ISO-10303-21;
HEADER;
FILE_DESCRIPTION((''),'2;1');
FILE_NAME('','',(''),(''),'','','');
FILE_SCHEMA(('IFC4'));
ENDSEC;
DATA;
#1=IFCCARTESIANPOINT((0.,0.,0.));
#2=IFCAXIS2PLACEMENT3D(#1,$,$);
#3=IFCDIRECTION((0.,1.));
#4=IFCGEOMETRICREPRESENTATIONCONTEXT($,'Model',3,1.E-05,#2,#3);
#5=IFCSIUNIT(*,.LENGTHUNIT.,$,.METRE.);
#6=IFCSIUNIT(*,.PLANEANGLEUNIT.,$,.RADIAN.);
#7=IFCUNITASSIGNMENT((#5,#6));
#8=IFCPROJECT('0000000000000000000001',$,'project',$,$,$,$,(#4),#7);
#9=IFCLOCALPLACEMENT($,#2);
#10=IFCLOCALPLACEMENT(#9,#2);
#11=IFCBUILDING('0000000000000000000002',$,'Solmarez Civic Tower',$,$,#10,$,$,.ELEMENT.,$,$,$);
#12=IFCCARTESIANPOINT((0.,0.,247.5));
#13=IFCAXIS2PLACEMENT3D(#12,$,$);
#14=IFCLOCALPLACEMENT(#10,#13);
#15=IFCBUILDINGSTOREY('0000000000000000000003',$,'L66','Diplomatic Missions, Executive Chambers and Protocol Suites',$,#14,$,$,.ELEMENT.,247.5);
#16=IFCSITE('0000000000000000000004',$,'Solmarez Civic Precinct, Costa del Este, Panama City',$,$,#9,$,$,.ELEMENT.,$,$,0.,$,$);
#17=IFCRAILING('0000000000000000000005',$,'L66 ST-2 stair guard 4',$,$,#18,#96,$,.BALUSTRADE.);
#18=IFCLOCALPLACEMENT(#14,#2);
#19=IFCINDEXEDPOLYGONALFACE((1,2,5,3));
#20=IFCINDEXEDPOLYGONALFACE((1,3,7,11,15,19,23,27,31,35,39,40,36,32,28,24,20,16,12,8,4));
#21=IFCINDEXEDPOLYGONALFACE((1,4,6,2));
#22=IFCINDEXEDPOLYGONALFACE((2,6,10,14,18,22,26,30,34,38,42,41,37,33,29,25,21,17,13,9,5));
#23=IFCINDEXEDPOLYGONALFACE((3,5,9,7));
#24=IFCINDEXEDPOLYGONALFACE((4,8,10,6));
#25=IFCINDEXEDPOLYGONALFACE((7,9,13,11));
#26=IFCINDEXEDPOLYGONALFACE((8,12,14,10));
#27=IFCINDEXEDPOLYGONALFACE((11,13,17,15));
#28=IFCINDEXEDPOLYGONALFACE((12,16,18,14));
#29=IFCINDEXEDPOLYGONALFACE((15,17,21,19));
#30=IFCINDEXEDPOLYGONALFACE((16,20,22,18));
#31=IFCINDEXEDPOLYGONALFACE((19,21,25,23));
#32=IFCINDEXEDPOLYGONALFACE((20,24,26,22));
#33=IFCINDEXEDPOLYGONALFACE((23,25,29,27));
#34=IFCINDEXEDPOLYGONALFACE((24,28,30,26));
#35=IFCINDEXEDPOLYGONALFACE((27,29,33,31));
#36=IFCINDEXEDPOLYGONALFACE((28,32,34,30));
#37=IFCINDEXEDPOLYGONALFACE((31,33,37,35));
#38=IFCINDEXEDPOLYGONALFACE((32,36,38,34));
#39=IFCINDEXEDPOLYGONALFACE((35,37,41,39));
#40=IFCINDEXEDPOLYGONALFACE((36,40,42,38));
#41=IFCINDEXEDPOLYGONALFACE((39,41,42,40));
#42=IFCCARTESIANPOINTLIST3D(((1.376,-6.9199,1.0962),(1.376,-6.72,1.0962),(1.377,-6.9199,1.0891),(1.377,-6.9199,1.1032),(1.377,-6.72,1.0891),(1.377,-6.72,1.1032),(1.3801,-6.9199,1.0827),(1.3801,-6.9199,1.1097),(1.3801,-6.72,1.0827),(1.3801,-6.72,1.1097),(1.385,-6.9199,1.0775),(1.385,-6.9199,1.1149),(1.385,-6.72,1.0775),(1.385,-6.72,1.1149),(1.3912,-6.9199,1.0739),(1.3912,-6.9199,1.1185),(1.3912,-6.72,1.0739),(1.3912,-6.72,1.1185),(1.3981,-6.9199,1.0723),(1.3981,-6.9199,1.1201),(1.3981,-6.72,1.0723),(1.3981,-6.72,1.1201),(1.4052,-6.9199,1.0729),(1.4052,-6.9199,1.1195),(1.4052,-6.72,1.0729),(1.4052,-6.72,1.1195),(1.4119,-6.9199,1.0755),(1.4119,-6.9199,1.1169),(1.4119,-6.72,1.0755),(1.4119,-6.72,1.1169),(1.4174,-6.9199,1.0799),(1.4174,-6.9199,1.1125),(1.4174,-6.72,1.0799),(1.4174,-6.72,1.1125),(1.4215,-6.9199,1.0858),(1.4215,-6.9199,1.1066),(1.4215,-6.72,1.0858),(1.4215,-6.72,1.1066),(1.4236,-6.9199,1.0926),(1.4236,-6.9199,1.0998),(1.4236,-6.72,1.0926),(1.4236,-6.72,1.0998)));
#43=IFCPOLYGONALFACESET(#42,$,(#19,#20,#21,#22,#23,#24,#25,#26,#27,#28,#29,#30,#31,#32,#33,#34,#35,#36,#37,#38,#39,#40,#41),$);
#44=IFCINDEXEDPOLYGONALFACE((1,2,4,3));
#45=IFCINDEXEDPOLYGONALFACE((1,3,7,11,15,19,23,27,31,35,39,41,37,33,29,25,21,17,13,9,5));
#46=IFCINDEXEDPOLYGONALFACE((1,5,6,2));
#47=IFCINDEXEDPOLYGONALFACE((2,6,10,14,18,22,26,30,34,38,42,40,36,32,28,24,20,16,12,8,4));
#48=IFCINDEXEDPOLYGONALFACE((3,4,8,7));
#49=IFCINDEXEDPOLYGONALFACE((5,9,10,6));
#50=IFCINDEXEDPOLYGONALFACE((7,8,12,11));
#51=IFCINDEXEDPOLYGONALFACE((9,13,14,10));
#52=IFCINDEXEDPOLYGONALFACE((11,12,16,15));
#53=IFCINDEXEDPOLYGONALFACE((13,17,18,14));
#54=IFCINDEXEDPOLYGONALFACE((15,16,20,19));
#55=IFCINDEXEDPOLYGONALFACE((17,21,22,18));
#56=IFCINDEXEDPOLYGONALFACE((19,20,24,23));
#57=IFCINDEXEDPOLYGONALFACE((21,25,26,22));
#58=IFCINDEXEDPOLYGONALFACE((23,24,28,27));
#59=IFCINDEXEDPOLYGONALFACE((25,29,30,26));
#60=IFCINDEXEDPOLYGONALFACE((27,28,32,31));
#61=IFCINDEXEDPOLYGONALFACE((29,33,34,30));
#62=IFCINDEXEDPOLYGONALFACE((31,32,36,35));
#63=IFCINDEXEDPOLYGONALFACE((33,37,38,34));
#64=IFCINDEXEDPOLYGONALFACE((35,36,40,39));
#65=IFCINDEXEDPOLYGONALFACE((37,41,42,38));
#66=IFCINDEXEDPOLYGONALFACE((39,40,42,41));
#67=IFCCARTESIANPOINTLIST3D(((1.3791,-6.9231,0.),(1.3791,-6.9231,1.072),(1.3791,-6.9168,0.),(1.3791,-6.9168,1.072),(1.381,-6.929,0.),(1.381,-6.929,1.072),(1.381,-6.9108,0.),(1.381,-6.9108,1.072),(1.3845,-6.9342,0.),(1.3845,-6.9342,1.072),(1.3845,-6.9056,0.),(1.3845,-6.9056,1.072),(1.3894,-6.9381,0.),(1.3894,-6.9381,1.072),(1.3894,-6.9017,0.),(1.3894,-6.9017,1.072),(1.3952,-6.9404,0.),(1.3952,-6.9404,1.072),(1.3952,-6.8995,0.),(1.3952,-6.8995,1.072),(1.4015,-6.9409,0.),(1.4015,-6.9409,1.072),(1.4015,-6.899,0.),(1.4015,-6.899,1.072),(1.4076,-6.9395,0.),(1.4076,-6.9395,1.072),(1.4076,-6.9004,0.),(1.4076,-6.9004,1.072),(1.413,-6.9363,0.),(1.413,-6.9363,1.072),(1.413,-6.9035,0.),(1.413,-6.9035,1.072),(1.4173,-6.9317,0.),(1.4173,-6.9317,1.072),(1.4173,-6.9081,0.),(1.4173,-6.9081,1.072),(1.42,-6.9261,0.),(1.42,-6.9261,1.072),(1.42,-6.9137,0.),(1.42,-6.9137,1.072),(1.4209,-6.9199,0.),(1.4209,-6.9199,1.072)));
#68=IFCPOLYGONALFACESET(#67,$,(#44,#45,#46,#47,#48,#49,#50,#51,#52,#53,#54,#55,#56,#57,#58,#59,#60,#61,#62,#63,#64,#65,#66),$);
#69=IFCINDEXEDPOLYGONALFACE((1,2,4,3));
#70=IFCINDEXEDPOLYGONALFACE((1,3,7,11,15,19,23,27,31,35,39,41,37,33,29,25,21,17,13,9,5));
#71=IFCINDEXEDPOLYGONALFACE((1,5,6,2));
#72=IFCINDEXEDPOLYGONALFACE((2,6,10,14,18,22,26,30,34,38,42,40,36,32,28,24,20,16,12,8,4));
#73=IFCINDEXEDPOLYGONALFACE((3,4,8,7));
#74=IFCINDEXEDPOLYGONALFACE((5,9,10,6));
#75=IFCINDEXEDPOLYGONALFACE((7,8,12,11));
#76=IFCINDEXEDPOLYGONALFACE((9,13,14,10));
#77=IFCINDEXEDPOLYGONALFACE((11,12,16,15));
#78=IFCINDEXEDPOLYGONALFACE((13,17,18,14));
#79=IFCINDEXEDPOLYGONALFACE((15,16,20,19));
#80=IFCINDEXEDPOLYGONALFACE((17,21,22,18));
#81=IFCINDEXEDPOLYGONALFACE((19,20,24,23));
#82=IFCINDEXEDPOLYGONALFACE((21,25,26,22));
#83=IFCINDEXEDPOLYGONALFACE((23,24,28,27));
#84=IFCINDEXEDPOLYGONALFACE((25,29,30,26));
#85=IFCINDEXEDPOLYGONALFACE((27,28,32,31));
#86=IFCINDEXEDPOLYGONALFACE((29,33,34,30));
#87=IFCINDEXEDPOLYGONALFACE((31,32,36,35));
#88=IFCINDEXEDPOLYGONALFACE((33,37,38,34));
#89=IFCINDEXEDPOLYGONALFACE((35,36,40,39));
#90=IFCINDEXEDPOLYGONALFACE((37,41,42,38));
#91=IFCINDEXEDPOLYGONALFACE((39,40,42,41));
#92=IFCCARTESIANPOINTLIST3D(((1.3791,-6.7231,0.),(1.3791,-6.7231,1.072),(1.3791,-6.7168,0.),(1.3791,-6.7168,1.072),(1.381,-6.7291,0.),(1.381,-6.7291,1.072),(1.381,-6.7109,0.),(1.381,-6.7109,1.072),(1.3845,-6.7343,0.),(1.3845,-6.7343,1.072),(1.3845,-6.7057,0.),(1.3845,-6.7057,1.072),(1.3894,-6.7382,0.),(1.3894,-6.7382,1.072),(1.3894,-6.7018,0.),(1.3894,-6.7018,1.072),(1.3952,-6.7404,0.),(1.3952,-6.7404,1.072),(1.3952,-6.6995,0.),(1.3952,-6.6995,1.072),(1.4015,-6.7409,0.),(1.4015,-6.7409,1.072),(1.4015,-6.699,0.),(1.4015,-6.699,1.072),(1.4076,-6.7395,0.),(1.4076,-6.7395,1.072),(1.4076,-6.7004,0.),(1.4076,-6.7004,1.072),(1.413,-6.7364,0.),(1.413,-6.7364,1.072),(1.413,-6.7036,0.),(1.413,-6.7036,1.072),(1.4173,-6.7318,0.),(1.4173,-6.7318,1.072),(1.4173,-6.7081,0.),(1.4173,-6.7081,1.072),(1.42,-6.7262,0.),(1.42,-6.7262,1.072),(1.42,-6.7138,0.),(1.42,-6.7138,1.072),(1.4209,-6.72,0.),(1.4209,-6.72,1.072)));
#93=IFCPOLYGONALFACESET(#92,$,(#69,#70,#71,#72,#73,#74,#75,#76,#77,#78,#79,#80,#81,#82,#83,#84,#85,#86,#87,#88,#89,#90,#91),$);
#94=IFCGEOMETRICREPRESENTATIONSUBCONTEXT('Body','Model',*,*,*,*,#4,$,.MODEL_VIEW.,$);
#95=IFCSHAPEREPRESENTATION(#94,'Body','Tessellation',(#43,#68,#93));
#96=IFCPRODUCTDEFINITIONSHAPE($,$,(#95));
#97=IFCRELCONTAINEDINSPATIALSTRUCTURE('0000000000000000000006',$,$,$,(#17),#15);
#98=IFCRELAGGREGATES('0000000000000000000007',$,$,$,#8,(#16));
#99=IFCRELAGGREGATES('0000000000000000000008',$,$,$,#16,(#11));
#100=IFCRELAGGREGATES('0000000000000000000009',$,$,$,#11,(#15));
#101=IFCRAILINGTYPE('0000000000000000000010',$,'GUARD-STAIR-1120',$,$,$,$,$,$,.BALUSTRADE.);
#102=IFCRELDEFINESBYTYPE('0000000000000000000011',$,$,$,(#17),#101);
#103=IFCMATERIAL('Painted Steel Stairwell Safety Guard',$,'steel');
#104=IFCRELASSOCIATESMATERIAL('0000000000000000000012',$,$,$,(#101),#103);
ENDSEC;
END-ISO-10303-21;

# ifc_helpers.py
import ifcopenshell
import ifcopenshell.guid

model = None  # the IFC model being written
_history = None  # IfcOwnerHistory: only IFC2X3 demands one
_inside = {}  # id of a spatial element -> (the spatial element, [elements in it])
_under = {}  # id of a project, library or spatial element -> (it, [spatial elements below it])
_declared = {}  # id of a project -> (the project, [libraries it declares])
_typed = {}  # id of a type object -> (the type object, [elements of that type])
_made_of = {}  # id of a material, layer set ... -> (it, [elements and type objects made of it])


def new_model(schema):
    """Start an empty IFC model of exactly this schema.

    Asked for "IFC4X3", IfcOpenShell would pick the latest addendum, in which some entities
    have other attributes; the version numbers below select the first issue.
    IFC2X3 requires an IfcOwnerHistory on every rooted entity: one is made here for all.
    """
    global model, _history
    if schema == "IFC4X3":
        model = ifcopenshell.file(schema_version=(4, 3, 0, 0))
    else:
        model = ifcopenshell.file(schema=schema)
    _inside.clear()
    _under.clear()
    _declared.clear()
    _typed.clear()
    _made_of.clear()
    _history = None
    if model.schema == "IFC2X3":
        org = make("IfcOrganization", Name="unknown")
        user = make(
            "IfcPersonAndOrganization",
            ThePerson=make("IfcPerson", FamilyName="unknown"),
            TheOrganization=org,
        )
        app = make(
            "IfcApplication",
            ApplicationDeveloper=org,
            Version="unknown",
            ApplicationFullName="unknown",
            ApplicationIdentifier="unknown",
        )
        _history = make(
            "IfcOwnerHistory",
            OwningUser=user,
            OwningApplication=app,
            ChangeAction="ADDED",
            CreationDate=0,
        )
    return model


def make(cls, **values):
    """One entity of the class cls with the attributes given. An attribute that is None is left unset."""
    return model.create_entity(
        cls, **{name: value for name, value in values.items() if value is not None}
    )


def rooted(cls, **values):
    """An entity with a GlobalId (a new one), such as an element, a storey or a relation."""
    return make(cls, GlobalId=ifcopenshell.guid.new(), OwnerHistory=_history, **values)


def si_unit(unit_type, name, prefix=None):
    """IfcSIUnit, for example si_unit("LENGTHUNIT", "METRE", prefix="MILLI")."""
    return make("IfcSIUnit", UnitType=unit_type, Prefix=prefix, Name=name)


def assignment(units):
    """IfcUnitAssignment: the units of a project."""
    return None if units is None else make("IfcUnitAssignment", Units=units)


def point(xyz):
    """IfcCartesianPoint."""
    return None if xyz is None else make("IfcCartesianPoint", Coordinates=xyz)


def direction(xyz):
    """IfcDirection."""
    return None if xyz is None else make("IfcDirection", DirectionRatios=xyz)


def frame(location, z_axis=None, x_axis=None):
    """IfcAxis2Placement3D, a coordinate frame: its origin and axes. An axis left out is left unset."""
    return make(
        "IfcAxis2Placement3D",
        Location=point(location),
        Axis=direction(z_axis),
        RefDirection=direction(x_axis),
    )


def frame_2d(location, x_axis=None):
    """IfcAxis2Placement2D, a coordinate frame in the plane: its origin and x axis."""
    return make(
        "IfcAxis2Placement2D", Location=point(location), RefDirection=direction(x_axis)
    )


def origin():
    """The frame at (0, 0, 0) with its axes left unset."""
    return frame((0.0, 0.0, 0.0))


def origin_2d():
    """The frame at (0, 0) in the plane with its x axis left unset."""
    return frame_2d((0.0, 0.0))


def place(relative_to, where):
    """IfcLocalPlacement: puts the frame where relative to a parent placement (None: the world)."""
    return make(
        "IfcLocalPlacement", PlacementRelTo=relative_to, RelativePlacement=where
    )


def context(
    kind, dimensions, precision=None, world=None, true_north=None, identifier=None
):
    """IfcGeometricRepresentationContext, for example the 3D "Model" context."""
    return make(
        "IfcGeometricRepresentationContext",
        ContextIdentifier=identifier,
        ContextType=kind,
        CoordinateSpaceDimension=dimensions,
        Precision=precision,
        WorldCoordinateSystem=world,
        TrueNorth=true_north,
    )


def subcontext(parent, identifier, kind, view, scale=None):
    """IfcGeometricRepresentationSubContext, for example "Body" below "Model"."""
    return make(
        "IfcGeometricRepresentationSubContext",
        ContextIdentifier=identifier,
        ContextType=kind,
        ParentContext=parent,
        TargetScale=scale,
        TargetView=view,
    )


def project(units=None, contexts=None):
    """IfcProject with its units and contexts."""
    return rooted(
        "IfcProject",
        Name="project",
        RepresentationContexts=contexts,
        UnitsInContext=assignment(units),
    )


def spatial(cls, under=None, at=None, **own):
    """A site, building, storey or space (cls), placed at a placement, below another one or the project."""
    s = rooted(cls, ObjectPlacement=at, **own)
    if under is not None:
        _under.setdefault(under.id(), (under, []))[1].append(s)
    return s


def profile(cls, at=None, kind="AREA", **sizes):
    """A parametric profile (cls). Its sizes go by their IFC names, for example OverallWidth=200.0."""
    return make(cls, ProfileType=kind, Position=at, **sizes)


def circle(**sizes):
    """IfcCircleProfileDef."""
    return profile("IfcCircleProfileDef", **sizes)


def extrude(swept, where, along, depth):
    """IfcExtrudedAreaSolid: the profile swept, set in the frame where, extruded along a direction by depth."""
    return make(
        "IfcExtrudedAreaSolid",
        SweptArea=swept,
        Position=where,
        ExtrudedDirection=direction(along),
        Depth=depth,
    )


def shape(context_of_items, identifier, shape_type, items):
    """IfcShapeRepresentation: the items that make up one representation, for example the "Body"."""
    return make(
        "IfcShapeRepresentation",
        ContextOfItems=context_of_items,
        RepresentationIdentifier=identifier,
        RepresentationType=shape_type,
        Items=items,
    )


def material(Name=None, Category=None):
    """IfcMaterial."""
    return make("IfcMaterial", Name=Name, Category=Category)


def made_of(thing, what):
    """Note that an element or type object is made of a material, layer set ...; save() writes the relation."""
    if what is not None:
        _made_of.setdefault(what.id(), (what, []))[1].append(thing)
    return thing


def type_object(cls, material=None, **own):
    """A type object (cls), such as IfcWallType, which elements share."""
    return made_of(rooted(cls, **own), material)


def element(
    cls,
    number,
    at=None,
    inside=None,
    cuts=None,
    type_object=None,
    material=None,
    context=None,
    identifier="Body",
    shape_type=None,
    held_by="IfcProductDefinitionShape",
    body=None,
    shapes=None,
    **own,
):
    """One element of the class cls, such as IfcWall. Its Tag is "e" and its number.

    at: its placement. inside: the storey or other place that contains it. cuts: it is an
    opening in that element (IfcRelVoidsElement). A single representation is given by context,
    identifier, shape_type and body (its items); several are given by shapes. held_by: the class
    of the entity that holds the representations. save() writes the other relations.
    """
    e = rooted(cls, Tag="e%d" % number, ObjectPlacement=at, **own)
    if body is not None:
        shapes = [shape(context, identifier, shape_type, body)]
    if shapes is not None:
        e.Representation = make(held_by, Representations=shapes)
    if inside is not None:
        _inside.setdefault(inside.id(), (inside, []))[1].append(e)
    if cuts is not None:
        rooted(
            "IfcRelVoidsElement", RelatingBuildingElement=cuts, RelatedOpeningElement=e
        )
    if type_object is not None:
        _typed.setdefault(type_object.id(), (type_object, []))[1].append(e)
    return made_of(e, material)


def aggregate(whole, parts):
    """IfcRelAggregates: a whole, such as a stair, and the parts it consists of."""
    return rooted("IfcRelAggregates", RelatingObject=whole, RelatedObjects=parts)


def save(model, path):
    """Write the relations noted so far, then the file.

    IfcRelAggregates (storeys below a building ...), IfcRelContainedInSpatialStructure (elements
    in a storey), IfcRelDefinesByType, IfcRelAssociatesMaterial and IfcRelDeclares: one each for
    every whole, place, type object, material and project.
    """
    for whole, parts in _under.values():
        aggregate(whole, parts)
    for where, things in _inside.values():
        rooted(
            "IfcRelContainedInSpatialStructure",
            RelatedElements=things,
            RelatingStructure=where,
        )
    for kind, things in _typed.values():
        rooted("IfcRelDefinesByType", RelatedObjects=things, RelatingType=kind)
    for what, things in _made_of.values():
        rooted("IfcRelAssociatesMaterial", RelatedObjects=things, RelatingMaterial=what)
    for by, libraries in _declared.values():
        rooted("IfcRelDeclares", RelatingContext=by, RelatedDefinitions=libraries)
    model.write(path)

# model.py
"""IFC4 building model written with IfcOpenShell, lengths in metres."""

from ifc_helpers import new_model, si_unit, direction, frame, origin, origin_2d, place, context, subcontext, project, spatial, circle, extrude, material, type_object, element, save


model = new_model("IFC4")

# Units and contexts
model_context = context("Model", 3, precision=1e-05, world=origin(), true_north=direction((0.0, 1.0)))
body_context = subcontext(model_context, "Body", "Model", "MODEL_VIEW")
ifc_project = project(units=[si_unit("LENGTHUNIT", "METRE"), si_unit("PLANEANGLEUNIT", "RADIAN")], contexts=[model_context])

# Site, building, storey
site_placement = place(None, origin())
site = spatial("IfcSite", under=ifc_project, at=site_placement, Name="Solmarez Civic Precinct, Costa del Este, Panama City", CompositionType="ELEMENT", RefElevation=0.0)
building_placement = place(site_placement, origin())
building = spatial("IfcBuilding", under=site, at=building_placement, Name="Solmarez Civic Tower", CompositionType="ELEMENT")
storey_placement = place(building_placement, frame((0.0, 0.0, 247.5)))
storey = spatial("IfcBuildingStorey", under=building, at=storey_placement, Name="L66", Description="Diplomatic Missions, Executive Chambers and Protocol Suites", CompositionType="ELEMENT", Elevation=247.5)

# Railing
ifc_material_1 = material(Name="Painted Steel Stairwell Safety Guard", Category="steel")
railing_type_1 = type_object("IfcRailingType", Name="GUARD-STAIR-1120", PredefinedType="BALUSTRADE", material=ifc_material_1)
railing_1_placement = place(storey_placement, frame((1.3999, -6.9199, 0.0)))
element("IfcRailing", 1, at=railing_1_placement, inside=storey, type_object=railing_type_1, Name="L66 ST-2 stair guard 4", PredefinedType="BALUSTRADE", context=body_context, shape_type="SweptSolid", body=[
    extrude(circle(Radius=0.0239, at=origin_2d()), frame((0.0, 0.0, 1.0962), z_axis=(0.0, 1.0, 0.0), x_axis=(-1.0, 0.0, 0.0)), (0.0, 0.0, 1.0), 0.2),
    extrude(circle(Radius=0.021, at=origin_2d()), origin(), (0.0, 0.0, 1.0), 1.072),
    extrude(circle(Radius=0.021, at=origin_2d()), frame((0.0, 0.2, 0.0)), (0.0, 0.0, 1.0), 1.072),
])

save(model, "model.ifc")
